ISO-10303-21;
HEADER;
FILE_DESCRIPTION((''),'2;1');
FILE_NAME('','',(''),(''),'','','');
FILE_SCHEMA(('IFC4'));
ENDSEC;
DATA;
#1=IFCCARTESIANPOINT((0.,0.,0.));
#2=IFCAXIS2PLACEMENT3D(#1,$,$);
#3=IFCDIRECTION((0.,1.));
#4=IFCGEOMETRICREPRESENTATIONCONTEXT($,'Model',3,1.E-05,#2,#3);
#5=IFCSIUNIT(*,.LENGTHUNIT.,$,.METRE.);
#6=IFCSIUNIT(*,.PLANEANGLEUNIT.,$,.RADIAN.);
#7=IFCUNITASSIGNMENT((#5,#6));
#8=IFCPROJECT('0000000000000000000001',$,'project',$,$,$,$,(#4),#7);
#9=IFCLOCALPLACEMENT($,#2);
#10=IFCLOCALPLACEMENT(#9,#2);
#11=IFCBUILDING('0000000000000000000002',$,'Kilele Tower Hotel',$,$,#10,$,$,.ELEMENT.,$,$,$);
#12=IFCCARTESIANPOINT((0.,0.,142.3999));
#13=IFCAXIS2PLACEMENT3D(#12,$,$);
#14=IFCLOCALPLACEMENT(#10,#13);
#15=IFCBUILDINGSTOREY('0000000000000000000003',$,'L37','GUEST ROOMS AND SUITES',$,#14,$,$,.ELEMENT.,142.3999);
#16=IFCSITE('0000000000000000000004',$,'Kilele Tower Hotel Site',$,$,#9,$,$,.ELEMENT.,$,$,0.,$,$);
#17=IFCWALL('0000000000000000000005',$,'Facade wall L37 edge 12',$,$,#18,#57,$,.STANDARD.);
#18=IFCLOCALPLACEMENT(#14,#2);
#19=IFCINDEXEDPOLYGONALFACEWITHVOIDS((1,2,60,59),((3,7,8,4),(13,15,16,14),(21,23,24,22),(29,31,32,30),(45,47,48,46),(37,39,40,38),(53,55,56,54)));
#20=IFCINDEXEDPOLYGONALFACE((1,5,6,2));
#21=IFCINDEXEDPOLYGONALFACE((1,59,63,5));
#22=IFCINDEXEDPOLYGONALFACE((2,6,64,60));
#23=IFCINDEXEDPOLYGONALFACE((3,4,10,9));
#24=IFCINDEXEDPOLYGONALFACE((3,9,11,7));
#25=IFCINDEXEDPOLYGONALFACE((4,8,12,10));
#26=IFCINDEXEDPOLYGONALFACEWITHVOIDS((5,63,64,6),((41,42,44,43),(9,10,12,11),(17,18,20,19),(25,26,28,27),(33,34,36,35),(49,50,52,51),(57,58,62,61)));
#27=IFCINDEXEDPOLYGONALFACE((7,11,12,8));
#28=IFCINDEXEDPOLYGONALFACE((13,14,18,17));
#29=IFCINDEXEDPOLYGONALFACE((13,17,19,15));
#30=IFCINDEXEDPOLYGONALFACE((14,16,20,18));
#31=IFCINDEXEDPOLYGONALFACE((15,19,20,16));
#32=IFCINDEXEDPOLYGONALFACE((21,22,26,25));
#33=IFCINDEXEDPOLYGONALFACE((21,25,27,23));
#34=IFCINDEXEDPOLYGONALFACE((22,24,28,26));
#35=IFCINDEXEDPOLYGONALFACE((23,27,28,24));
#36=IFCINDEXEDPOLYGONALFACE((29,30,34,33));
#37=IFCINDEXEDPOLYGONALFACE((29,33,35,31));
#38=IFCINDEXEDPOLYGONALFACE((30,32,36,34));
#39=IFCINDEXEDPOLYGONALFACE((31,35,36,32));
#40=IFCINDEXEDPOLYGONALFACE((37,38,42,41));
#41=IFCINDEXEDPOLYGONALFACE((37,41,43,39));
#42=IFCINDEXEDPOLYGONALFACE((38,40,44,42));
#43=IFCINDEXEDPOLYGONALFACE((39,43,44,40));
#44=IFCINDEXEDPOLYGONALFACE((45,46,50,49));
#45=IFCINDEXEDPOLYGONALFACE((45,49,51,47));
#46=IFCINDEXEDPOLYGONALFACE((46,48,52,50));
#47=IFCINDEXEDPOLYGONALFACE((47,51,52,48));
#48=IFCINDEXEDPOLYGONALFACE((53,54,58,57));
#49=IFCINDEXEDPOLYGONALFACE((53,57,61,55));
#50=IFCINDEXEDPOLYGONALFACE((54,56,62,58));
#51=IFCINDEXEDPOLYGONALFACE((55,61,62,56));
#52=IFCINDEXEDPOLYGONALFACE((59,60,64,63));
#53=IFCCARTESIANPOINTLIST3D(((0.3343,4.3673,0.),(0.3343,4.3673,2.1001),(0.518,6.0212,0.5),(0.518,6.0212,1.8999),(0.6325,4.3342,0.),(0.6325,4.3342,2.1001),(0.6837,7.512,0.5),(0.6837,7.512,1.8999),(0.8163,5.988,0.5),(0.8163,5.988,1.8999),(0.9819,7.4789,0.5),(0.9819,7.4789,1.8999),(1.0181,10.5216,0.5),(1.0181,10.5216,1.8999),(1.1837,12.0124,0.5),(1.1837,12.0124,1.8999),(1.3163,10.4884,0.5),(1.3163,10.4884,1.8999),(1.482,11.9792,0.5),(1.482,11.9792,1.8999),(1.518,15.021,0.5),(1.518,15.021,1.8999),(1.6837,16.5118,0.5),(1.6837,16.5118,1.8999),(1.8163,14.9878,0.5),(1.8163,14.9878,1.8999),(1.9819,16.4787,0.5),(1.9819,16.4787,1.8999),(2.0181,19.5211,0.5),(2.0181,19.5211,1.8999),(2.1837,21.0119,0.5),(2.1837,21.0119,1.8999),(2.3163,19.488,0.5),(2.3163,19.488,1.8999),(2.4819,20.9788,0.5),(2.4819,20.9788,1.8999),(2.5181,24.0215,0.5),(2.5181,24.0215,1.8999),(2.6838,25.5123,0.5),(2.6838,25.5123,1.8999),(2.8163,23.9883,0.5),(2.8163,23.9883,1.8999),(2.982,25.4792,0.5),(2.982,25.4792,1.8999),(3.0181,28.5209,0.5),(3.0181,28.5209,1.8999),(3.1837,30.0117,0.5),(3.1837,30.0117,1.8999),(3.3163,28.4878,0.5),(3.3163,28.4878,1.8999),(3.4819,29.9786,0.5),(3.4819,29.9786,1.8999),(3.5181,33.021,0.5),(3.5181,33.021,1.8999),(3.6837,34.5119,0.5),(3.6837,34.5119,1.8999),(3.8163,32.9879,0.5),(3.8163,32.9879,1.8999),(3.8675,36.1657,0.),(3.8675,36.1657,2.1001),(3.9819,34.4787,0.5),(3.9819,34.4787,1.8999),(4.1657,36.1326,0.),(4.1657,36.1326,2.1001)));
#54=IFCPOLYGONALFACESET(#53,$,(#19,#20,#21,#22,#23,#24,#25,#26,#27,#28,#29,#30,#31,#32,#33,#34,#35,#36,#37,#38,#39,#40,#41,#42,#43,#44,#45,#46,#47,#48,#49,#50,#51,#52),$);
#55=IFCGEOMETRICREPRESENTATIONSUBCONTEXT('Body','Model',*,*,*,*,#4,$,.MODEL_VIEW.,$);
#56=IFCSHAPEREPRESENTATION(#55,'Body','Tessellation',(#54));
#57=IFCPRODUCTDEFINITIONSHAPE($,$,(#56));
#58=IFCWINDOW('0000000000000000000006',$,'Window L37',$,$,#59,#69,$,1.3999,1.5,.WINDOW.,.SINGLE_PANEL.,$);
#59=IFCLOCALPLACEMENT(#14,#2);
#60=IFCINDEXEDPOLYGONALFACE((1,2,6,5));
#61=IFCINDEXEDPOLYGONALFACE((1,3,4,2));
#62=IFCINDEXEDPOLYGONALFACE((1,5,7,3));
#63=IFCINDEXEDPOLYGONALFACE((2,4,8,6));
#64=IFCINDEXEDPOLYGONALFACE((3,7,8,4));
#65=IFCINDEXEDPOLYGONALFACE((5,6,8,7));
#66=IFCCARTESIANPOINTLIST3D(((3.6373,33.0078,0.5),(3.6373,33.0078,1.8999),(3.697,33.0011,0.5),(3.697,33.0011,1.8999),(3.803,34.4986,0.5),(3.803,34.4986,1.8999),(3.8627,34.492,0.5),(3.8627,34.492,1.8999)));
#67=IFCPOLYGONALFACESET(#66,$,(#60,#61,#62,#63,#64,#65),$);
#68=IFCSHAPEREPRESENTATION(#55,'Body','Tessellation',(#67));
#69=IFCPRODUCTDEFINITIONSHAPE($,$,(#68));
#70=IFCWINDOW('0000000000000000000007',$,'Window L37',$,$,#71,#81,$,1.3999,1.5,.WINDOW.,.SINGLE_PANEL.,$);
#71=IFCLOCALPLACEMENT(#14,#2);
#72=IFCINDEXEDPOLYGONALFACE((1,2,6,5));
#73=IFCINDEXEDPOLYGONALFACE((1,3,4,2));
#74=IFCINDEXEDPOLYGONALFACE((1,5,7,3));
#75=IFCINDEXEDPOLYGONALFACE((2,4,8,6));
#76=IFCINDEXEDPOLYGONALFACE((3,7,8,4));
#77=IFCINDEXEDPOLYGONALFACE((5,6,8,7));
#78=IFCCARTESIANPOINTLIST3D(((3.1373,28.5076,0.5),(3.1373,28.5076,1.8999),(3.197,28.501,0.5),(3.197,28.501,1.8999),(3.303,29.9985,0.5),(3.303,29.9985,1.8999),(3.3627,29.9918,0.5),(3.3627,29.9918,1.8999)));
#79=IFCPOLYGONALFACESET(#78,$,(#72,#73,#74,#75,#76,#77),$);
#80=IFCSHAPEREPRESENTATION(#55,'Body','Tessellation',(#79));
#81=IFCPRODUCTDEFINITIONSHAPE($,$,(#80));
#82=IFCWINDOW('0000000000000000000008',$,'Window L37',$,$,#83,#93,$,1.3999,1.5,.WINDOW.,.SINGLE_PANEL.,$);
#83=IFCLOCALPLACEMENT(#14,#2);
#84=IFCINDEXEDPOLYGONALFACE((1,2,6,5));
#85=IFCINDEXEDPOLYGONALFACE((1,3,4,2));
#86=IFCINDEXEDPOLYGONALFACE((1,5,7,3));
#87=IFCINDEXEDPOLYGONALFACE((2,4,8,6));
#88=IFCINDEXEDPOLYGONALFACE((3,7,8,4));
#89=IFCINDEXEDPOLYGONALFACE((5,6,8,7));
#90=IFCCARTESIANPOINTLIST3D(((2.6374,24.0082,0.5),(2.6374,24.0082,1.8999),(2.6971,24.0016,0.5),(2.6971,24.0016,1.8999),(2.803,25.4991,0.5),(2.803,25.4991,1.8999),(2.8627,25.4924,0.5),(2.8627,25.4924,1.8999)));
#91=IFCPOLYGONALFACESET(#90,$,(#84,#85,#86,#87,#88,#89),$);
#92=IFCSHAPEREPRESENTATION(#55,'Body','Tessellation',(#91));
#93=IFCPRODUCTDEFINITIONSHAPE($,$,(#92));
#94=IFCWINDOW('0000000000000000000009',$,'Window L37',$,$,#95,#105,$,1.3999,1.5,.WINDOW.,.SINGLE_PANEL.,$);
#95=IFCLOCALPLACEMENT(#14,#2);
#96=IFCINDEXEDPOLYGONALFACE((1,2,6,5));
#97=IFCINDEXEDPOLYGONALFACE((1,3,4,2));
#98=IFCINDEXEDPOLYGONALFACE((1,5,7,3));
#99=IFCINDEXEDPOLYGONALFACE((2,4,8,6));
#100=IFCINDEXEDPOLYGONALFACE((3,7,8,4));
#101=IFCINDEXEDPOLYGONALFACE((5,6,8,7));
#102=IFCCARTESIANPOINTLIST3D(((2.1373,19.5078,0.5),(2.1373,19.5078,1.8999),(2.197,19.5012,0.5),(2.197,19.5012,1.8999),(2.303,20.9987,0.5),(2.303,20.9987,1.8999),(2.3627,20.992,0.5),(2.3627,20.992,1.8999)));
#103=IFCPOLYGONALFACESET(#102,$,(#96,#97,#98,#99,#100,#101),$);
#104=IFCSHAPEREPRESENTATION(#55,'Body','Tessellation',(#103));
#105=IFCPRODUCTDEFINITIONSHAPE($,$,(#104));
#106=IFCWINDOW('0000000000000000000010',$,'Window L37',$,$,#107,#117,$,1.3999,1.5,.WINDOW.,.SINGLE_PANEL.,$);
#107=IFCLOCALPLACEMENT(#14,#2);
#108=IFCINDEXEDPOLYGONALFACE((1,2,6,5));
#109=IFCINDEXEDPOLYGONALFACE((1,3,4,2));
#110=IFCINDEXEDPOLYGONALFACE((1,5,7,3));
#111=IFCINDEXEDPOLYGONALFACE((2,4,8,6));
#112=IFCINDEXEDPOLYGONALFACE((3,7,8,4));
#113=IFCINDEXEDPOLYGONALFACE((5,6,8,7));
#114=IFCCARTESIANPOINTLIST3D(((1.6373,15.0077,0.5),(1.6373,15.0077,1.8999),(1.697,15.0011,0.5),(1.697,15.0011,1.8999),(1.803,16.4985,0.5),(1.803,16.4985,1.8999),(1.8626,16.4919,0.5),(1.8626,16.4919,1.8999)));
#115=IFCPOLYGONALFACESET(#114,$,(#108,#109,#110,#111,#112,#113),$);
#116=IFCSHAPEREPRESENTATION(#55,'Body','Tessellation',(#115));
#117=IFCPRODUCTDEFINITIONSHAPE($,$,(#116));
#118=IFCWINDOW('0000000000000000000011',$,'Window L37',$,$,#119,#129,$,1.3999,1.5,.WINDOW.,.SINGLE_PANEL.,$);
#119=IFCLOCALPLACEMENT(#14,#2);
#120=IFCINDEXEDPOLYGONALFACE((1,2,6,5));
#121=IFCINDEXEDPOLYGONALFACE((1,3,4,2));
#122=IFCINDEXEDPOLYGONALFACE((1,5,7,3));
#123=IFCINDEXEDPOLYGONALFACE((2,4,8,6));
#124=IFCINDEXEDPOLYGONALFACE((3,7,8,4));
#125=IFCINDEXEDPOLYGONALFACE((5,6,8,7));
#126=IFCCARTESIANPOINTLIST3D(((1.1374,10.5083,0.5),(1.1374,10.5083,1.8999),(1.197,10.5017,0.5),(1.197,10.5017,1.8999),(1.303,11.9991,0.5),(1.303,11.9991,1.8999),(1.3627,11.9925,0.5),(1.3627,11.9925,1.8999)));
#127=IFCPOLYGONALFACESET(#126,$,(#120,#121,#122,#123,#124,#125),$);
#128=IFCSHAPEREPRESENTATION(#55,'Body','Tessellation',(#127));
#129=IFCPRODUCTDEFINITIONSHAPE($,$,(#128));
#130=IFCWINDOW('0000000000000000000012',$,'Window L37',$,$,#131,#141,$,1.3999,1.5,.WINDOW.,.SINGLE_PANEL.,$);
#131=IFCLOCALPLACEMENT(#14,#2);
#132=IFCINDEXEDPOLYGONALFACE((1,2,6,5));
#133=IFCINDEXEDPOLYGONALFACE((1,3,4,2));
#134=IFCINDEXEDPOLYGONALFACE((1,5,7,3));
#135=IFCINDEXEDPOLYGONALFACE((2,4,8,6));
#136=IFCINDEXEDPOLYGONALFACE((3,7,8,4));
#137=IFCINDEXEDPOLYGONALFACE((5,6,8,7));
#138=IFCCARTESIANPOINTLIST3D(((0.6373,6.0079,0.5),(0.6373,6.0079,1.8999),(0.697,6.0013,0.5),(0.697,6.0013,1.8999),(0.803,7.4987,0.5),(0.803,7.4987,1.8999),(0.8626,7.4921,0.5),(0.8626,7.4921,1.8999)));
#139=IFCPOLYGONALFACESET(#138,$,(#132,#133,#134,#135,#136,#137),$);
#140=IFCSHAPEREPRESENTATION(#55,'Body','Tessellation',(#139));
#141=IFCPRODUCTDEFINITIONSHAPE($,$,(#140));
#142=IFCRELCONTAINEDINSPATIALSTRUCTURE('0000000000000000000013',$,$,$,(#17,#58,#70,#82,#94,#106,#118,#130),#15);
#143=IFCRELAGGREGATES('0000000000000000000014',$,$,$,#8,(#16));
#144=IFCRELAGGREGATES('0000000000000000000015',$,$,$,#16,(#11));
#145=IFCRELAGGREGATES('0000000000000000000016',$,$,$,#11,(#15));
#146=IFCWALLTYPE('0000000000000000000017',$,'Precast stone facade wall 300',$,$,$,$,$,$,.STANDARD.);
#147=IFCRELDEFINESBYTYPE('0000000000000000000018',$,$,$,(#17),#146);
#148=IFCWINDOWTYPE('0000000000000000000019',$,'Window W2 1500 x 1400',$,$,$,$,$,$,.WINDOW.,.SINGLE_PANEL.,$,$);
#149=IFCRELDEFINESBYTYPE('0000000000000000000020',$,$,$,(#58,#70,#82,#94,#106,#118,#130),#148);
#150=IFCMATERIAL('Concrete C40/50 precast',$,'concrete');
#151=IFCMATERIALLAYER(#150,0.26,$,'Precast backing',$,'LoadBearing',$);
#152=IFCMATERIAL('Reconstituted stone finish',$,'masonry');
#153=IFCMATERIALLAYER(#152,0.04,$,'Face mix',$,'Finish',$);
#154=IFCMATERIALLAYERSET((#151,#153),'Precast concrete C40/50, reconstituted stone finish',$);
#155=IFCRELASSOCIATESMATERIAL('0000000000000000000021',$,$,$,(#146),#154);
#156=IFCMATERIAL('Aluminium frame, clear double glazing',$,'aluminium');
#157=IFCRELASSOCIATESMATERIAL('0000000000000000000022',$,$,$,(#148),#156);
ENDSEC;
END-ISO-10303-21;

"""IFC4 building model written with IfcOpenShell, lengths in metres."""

from ifc_helpers import new_model, si_unit, direction, frame, frame_2d, origin, place, context, subcontext, project, spatial, rectangle, extrude, material, layer, layer_set, type_object, element, fill, save


model = new_model("IFC4")

# Units and contexts
model_context = context("Model", 3, precision=1e-05, world=origin(), true_north=direction((0.0, 1.0)))
body_context = subcontext(model_context, "Body", "Model", "MODEL_VIEW")
ifc_project = project(units=[si_unit("LENGTHUNIT", "METRE"), si_unit("PLANEANGLEUNIT", "RADIAN")], contexts=[model_context])

# Site, building, storey
site_placement = place(None, origin())
site = spatial("IfcSite", under=ifc_project, at=site_placement, Name="Kilele Tower Hotel Site", CompositionType="ELEMENT", RefElevation=0.0)
building_placement = place(site_placement, origin())
building = spatial("IfcBuilding", under=site, at=building_placement, Name="Kilele Tower Hotel", CompositionType="ELEMENT")
storey_placement = place(building_placement, frame((0.0, 0.0, 142.3999)))
storey = spatial("IfcBuildingStorey", under=building, at=storey_placement, Name="L37", Description="GUEST ROOMS AND SUITES", CompositionType="ELEMENT", Elevation=142.3999)

# Shared definitions
ifc_material_1 = material(Name="Concrete C40/50 precast", Category="concrete")
ifc_layer_1 = layer(ifc_material_1, 0.26, Name="Precast backing", Category="LoadBearing")
ifc_material_2 = material(Name="Reconstituted stone finish", Category="masonry")
ifc_layer_2 = layer(ifc_material_2, 0.04, Name="Face mix", Category="Finish")
ifc_layer_set_1 = layer_set([ifc_layer_1, ifc_layer_2], Name="Precast concrete C40/50, reconstituted stone finish")
wall_type_1 = type_object("IfcWallType", Name="Precast stone facade wall 300", PredefinedType="STANDARD", material=ifc_layer_set_1)
ifc_material_3 = material(Name="Aluminium frame, clear double glazing", Category="aluminium")
window_type_1 = type_object("IfcWindowType", Name="Window W2 1500 x 1400", PartitioningType="SINGLE_PANEL", PredefinedType="WINDOW", material=ifc_material_3)

# Wall, openings, windows
wall_1_placement = place(storey_placement, frame((4.0166, 36.1492, 0.0), z_axis=(0.0, 0.0, 1.0), x_axis=(-0.110433, -0.993884, 0.0)))
wall_1 = element("IfcWall", 1, at=wall_1_placement, inside=storey, type_object=wall_type_1, Name="Facade wall L37 edge 12", PredefinedType="STANDARD", context=body_context, shape_type="SweptSolid", body=[
    extrude(rectangle(XDim=31.9941, YDim=0.3, at=frame_2d((15.9971, 0.0))), origin(), (0.0, 0.0, 1.0), 2.1001),
])
opening_1_placement = place(wall_1_placement, frame((1.6641, 0.0, 0.5)))
opening_1 = element("IfcOpeningElement", 2, at=opening_1_placement, cuts=wall_1, PredefinedType="OPENING", context=body_context, shape_type="SweptSolid", body=[
    extrude(rectangle(XDim=1.5, YDim=1.3999, at=frame_2d((0.75, 0.7))), frame((0.0, 0.1599, 0.0), z_axis=(0.0, -1.0, 0.0), x_axis=(1.0, 0.0, 0.0)), (0.0, 0.0, 1.0), 0.3201),
])
opening_2_placement = place(wall_1_placement, frame((6.1919, 0.0, 0.5)))
opening_2 = element("IfcOpeningElement", 3, at=opening_2_placement, cuts=wall_1, PredefinedType="OPENING", context=body_context, shape_type="SweptSolid", body=[
    extrude(rectangle(XDim=1.5, YDim=1.3999, at=frame_2d((0.75, 0.7))), frame((0.0, 0.1599, 0.0), z_axis=(0.0, -1.0, 0.0), x_axis=(1.0, 0.0, 0.0)), (0.0, 0.0, 1.0), 0.3201),
])
opening_3_placement = place(wall_1_placement, frame((10.719, 0.0, 0.5)))
opening_3 = element("IfcOpeningElement", 4, at=opening_3_placement, cuts=wall_1, PredefinedType="OPENING", context=body_context, shape_type="SweptSolid", body=[
    extrude(rectangle(XDim=1.5, YDim=1.3999, at=frame_2d((0.75, 0.7))), frame((0.0, 0.1599, 0.0), z_axis=(0.0, -1.0, 0.0), x_axis=(1.0, 0.0, 0.0)), (0.0, 0.0, 1.0), 0.3201),
])
opening_4_placement = place(wall_1_placement, frame((15.2471, 0.0, 0.5)))
opening_4 = element("IfcOpeningElement", 5, at=opening_4_placement, cuts=wall_1, PredefinedType="OPENING", context=body_context, shape_type="SweptSolid", body=[
    extrude(rectangle(XDim=1.5, YDim=1.3999, at=frame_2d((0.75, 0.7))), frame((0.0, 0.1599, 0.0), z_axis=(0.0, -1.0, 0.0), x_axis=(1.0, 0.0, 0.0)), (0.0, 0.0, 1.0), 0.3201),
])
opening_5_placement = place(wall_1_placement, frame((19.7749, 0.0, 0.5)))
opening_5 = element("IfcOpeningElement", 6, at=opening_5_placement, cuts=wall_1, PredefinedType="OPENING", context=body_context, shape_type="SweptSolid", body=[
    extrude(rectangle(XDim=1.5, YDim=1.3999, at=frame_2d((0.75, 0.7))), frame((0.0, 0.1599, 0.0), z_axis=(0.0, -1.0, 0.0), x_axis=(1.0, 0.0, 0.0)), (0.0, 0.0, 1.0), 0.3201),
])
opening_6_placement = place(wall_1_placement, frame((24.302, 0.0, 0.5)))
opening_6 = element("IfcOpeningElement", 7, at=opening_6_placement, cuts=wall_1, PredefinedType="OPENING", context=body_context, shape_type="SweptSolid", body=[
    extrude(rectangle(XDim=1.5, YDim=1.3999, at=frame_2d((0.75, 0.7))), frame((0.0, 0.1599, 0.0), z_axis=(0.0, -1.0, 0.0), x_axis=(1.0, 0.0, 0.0)), (0.0, 0.0, 1.0), 0.3201),
])
opening_7_placement = place(wall_1_placement, frame((28.8301, 0.0, 0.5)))
opening_7 = element("IfcOpeningElement", 8, at=opening_7_placement, cuts=wall_1, PredefinedType="OPENING", context=body_context, shape_type="SweptSolid", body=[
    extrude(rectangle(XDim=1.5, YDim=1.3999, at=frame_2d((0.75, 0.7))), frame((0.0, 0.1599, 0.0), z_axis=(0.0, -1.0, 0.0), x_axis=(1.0, 0.0, 0.0)), (0.0, 0.0, 1.0), 0.3201),
])
window_1_placement = place(opening_1_placement, origin())
window_1 = element("IfcWindow", 9, at=window_1_placement, inside=storey, type_object=window_type_1, Name="Window L37", OverallHeight=1.3999, OverallWidth=1.5, PartitioningType="SINGLE_PANEL", PredefinedType="WINDOW", context=body_context, shape_type="SweptSolid", body=[
    extrude(rectangle(XDim=1.5, YDim=1.3999, at=frame_2d((0.75, 0.7))), frame((0.0, 0.03, 0.0), z_axis=(0.0, -1.0, 0.0), x_axis=(1.0, 0.0, 0.0)), (0.0, 0.0, 1.0), 0.0601),
])
fill(opening_1, window_1)
window_2_placement = place(opening_2_placement, origin())
window_2 = element("IfcWindow", 10, at=window_2_placement, inside=storey, type_object=window_type_1, Name="Window L37", OverallHeight=1.3999, OverallWidth=1.5, PartitioningType="SINGLE_PANEL", PredefinedType="WINDOW", context=body_context, shape_type="SweptSolid", body=[
    extrude(rectangle(XDim=1.5, YDim=1.3999, at=frame_2d((0.75, 0.7))), frame((0.0, 0.03, 0.0), z_axis=(0.0, -1.0, 0.0), x_axis=(1.0, 0.0, 0.0)), (0.0, 0.0, 1.0), 0.0601),
])
fill(opening_2, window_2)
window_3_placement = place(opening_3_placement, origin())
window_3 = element("IfcWindow", 11, at=window_3_placement, inside=storey, type_object=window_type_1, Name="Window L37", OverallHeight=1.3999, OverallWidth=1.5, PartitioningType="SINGLE_PANEL", PredefinedType="WINDOW", context=body_context, shape_type="SweptSolid", body=[
    extrude(rectangle(XDim=1.5, YDim=1.3999, at=frame_2d((0.75, 0.7))), frame((0.0, 0.03, 0.0), z_axis=(0.0, -1.0, 0.0), x_axis=(1.0, 0.0, 0.0)), (0.0, 0.0, 1.0), 0.0601),
])
fill(opening_3, window_3)
window_4_placement = place(opening_4_placement, origin())
window_4 = element("IfcWindow", 12, at=window_4_placement, inside=storey, type_object=window_type_1, Name="Window L37", OverallHeight=1.3999, OverallWidth=1.5, PartitioningType="SINGLE_PANEL", PredefinedType="WINDOW", context=body_context, shape_type="SweptSolid", body=[
    extrude(rectangle(XDim=1.5, YDim=1.3999, at=frame_2d((0.75, 0.7))), frame((0.0, 0.03, 0.0), z_axis=(0.0, -1.0, 0.0), x_axis=(1.0, 0.0, 0.0)), (0.0, 0.0, 1.0), 0.0601),
])
fill(opening_4, window_4)
window_5_placement = place(opening_5_placement, origin())
window_5 = element("IfcWindow", 13, at=window_5_placement, inside=storey, type_object=window_type_1, Name="Window L37", OverallHeight=1.3999, OverallWidth=1.5, PartitioningType="SINGLE_PANEL", PredefinedType="WINDOW", context=body_context, shape_type="SweptSolid", body=[
    extrude(rectangle(XDim=1.5, YDim=1.3999, at=frame_2d((0.75, 0.7))), frame((0.0, 0.03, 0.0), z_axis=(0.0, -1.0, 0.0), x_axis=(1.0, 0.0, 0.0)), (0.0, 0.0, 1.0), 0.0601),
])
fill(opening_5, window_5)
window_6_placement = place(opening_6_placement, origin())
window_6 = element("IfcWindow", 14, at=window_6_placement, inside=storey, type_object=window_type_1, Name="Window L37", OverallHeight=1.3999, OverallWidth=1.5, PartitioningType="SINGLE_PANEL", PredefinedType="WINDOW", context=body_context, shape_type="SweptSolid", body=[
    extrude(rectangle(XDim=1.5, YDim=1.3999, at=frame_2d((0.75, 0.7))), frame((0.0, 0.03, 0.0), z_axis=(0.0, -1.0, 0.0), x_axis=(1.0, 0.0, 0.0)), (0.0, 0.0, 1.0), 0.0601),
])
fill(opening_6, window_6)
window_7_placement = place(opening_7_placement, origin())
window_7 = element("IfcWindow", 15, at=window_7_placement, inside=storey, type_object=window_type_1, Name="Window L37", OverallHeight=1.3999, OverallWidth=1.5, PartitioningType="SINGLE_PANEL", PredefinedType="WINDOW", context=body_context, shape_type="SweptSolid", body=[
    extrude(rectangle(XDim=1.5, YDim=1.3999, at=frame_2d((0.75, 0.7))), frame((0.0, 0.03, 0.0), z_axis=(0.0, -1.0, 0.0), x_axis=(1.0, 0.0, 0.0)), (0.0, 0.0, 1.0), 0.0601),
])
fill(opening_7, window_7)

save(model, "model.ifc")
